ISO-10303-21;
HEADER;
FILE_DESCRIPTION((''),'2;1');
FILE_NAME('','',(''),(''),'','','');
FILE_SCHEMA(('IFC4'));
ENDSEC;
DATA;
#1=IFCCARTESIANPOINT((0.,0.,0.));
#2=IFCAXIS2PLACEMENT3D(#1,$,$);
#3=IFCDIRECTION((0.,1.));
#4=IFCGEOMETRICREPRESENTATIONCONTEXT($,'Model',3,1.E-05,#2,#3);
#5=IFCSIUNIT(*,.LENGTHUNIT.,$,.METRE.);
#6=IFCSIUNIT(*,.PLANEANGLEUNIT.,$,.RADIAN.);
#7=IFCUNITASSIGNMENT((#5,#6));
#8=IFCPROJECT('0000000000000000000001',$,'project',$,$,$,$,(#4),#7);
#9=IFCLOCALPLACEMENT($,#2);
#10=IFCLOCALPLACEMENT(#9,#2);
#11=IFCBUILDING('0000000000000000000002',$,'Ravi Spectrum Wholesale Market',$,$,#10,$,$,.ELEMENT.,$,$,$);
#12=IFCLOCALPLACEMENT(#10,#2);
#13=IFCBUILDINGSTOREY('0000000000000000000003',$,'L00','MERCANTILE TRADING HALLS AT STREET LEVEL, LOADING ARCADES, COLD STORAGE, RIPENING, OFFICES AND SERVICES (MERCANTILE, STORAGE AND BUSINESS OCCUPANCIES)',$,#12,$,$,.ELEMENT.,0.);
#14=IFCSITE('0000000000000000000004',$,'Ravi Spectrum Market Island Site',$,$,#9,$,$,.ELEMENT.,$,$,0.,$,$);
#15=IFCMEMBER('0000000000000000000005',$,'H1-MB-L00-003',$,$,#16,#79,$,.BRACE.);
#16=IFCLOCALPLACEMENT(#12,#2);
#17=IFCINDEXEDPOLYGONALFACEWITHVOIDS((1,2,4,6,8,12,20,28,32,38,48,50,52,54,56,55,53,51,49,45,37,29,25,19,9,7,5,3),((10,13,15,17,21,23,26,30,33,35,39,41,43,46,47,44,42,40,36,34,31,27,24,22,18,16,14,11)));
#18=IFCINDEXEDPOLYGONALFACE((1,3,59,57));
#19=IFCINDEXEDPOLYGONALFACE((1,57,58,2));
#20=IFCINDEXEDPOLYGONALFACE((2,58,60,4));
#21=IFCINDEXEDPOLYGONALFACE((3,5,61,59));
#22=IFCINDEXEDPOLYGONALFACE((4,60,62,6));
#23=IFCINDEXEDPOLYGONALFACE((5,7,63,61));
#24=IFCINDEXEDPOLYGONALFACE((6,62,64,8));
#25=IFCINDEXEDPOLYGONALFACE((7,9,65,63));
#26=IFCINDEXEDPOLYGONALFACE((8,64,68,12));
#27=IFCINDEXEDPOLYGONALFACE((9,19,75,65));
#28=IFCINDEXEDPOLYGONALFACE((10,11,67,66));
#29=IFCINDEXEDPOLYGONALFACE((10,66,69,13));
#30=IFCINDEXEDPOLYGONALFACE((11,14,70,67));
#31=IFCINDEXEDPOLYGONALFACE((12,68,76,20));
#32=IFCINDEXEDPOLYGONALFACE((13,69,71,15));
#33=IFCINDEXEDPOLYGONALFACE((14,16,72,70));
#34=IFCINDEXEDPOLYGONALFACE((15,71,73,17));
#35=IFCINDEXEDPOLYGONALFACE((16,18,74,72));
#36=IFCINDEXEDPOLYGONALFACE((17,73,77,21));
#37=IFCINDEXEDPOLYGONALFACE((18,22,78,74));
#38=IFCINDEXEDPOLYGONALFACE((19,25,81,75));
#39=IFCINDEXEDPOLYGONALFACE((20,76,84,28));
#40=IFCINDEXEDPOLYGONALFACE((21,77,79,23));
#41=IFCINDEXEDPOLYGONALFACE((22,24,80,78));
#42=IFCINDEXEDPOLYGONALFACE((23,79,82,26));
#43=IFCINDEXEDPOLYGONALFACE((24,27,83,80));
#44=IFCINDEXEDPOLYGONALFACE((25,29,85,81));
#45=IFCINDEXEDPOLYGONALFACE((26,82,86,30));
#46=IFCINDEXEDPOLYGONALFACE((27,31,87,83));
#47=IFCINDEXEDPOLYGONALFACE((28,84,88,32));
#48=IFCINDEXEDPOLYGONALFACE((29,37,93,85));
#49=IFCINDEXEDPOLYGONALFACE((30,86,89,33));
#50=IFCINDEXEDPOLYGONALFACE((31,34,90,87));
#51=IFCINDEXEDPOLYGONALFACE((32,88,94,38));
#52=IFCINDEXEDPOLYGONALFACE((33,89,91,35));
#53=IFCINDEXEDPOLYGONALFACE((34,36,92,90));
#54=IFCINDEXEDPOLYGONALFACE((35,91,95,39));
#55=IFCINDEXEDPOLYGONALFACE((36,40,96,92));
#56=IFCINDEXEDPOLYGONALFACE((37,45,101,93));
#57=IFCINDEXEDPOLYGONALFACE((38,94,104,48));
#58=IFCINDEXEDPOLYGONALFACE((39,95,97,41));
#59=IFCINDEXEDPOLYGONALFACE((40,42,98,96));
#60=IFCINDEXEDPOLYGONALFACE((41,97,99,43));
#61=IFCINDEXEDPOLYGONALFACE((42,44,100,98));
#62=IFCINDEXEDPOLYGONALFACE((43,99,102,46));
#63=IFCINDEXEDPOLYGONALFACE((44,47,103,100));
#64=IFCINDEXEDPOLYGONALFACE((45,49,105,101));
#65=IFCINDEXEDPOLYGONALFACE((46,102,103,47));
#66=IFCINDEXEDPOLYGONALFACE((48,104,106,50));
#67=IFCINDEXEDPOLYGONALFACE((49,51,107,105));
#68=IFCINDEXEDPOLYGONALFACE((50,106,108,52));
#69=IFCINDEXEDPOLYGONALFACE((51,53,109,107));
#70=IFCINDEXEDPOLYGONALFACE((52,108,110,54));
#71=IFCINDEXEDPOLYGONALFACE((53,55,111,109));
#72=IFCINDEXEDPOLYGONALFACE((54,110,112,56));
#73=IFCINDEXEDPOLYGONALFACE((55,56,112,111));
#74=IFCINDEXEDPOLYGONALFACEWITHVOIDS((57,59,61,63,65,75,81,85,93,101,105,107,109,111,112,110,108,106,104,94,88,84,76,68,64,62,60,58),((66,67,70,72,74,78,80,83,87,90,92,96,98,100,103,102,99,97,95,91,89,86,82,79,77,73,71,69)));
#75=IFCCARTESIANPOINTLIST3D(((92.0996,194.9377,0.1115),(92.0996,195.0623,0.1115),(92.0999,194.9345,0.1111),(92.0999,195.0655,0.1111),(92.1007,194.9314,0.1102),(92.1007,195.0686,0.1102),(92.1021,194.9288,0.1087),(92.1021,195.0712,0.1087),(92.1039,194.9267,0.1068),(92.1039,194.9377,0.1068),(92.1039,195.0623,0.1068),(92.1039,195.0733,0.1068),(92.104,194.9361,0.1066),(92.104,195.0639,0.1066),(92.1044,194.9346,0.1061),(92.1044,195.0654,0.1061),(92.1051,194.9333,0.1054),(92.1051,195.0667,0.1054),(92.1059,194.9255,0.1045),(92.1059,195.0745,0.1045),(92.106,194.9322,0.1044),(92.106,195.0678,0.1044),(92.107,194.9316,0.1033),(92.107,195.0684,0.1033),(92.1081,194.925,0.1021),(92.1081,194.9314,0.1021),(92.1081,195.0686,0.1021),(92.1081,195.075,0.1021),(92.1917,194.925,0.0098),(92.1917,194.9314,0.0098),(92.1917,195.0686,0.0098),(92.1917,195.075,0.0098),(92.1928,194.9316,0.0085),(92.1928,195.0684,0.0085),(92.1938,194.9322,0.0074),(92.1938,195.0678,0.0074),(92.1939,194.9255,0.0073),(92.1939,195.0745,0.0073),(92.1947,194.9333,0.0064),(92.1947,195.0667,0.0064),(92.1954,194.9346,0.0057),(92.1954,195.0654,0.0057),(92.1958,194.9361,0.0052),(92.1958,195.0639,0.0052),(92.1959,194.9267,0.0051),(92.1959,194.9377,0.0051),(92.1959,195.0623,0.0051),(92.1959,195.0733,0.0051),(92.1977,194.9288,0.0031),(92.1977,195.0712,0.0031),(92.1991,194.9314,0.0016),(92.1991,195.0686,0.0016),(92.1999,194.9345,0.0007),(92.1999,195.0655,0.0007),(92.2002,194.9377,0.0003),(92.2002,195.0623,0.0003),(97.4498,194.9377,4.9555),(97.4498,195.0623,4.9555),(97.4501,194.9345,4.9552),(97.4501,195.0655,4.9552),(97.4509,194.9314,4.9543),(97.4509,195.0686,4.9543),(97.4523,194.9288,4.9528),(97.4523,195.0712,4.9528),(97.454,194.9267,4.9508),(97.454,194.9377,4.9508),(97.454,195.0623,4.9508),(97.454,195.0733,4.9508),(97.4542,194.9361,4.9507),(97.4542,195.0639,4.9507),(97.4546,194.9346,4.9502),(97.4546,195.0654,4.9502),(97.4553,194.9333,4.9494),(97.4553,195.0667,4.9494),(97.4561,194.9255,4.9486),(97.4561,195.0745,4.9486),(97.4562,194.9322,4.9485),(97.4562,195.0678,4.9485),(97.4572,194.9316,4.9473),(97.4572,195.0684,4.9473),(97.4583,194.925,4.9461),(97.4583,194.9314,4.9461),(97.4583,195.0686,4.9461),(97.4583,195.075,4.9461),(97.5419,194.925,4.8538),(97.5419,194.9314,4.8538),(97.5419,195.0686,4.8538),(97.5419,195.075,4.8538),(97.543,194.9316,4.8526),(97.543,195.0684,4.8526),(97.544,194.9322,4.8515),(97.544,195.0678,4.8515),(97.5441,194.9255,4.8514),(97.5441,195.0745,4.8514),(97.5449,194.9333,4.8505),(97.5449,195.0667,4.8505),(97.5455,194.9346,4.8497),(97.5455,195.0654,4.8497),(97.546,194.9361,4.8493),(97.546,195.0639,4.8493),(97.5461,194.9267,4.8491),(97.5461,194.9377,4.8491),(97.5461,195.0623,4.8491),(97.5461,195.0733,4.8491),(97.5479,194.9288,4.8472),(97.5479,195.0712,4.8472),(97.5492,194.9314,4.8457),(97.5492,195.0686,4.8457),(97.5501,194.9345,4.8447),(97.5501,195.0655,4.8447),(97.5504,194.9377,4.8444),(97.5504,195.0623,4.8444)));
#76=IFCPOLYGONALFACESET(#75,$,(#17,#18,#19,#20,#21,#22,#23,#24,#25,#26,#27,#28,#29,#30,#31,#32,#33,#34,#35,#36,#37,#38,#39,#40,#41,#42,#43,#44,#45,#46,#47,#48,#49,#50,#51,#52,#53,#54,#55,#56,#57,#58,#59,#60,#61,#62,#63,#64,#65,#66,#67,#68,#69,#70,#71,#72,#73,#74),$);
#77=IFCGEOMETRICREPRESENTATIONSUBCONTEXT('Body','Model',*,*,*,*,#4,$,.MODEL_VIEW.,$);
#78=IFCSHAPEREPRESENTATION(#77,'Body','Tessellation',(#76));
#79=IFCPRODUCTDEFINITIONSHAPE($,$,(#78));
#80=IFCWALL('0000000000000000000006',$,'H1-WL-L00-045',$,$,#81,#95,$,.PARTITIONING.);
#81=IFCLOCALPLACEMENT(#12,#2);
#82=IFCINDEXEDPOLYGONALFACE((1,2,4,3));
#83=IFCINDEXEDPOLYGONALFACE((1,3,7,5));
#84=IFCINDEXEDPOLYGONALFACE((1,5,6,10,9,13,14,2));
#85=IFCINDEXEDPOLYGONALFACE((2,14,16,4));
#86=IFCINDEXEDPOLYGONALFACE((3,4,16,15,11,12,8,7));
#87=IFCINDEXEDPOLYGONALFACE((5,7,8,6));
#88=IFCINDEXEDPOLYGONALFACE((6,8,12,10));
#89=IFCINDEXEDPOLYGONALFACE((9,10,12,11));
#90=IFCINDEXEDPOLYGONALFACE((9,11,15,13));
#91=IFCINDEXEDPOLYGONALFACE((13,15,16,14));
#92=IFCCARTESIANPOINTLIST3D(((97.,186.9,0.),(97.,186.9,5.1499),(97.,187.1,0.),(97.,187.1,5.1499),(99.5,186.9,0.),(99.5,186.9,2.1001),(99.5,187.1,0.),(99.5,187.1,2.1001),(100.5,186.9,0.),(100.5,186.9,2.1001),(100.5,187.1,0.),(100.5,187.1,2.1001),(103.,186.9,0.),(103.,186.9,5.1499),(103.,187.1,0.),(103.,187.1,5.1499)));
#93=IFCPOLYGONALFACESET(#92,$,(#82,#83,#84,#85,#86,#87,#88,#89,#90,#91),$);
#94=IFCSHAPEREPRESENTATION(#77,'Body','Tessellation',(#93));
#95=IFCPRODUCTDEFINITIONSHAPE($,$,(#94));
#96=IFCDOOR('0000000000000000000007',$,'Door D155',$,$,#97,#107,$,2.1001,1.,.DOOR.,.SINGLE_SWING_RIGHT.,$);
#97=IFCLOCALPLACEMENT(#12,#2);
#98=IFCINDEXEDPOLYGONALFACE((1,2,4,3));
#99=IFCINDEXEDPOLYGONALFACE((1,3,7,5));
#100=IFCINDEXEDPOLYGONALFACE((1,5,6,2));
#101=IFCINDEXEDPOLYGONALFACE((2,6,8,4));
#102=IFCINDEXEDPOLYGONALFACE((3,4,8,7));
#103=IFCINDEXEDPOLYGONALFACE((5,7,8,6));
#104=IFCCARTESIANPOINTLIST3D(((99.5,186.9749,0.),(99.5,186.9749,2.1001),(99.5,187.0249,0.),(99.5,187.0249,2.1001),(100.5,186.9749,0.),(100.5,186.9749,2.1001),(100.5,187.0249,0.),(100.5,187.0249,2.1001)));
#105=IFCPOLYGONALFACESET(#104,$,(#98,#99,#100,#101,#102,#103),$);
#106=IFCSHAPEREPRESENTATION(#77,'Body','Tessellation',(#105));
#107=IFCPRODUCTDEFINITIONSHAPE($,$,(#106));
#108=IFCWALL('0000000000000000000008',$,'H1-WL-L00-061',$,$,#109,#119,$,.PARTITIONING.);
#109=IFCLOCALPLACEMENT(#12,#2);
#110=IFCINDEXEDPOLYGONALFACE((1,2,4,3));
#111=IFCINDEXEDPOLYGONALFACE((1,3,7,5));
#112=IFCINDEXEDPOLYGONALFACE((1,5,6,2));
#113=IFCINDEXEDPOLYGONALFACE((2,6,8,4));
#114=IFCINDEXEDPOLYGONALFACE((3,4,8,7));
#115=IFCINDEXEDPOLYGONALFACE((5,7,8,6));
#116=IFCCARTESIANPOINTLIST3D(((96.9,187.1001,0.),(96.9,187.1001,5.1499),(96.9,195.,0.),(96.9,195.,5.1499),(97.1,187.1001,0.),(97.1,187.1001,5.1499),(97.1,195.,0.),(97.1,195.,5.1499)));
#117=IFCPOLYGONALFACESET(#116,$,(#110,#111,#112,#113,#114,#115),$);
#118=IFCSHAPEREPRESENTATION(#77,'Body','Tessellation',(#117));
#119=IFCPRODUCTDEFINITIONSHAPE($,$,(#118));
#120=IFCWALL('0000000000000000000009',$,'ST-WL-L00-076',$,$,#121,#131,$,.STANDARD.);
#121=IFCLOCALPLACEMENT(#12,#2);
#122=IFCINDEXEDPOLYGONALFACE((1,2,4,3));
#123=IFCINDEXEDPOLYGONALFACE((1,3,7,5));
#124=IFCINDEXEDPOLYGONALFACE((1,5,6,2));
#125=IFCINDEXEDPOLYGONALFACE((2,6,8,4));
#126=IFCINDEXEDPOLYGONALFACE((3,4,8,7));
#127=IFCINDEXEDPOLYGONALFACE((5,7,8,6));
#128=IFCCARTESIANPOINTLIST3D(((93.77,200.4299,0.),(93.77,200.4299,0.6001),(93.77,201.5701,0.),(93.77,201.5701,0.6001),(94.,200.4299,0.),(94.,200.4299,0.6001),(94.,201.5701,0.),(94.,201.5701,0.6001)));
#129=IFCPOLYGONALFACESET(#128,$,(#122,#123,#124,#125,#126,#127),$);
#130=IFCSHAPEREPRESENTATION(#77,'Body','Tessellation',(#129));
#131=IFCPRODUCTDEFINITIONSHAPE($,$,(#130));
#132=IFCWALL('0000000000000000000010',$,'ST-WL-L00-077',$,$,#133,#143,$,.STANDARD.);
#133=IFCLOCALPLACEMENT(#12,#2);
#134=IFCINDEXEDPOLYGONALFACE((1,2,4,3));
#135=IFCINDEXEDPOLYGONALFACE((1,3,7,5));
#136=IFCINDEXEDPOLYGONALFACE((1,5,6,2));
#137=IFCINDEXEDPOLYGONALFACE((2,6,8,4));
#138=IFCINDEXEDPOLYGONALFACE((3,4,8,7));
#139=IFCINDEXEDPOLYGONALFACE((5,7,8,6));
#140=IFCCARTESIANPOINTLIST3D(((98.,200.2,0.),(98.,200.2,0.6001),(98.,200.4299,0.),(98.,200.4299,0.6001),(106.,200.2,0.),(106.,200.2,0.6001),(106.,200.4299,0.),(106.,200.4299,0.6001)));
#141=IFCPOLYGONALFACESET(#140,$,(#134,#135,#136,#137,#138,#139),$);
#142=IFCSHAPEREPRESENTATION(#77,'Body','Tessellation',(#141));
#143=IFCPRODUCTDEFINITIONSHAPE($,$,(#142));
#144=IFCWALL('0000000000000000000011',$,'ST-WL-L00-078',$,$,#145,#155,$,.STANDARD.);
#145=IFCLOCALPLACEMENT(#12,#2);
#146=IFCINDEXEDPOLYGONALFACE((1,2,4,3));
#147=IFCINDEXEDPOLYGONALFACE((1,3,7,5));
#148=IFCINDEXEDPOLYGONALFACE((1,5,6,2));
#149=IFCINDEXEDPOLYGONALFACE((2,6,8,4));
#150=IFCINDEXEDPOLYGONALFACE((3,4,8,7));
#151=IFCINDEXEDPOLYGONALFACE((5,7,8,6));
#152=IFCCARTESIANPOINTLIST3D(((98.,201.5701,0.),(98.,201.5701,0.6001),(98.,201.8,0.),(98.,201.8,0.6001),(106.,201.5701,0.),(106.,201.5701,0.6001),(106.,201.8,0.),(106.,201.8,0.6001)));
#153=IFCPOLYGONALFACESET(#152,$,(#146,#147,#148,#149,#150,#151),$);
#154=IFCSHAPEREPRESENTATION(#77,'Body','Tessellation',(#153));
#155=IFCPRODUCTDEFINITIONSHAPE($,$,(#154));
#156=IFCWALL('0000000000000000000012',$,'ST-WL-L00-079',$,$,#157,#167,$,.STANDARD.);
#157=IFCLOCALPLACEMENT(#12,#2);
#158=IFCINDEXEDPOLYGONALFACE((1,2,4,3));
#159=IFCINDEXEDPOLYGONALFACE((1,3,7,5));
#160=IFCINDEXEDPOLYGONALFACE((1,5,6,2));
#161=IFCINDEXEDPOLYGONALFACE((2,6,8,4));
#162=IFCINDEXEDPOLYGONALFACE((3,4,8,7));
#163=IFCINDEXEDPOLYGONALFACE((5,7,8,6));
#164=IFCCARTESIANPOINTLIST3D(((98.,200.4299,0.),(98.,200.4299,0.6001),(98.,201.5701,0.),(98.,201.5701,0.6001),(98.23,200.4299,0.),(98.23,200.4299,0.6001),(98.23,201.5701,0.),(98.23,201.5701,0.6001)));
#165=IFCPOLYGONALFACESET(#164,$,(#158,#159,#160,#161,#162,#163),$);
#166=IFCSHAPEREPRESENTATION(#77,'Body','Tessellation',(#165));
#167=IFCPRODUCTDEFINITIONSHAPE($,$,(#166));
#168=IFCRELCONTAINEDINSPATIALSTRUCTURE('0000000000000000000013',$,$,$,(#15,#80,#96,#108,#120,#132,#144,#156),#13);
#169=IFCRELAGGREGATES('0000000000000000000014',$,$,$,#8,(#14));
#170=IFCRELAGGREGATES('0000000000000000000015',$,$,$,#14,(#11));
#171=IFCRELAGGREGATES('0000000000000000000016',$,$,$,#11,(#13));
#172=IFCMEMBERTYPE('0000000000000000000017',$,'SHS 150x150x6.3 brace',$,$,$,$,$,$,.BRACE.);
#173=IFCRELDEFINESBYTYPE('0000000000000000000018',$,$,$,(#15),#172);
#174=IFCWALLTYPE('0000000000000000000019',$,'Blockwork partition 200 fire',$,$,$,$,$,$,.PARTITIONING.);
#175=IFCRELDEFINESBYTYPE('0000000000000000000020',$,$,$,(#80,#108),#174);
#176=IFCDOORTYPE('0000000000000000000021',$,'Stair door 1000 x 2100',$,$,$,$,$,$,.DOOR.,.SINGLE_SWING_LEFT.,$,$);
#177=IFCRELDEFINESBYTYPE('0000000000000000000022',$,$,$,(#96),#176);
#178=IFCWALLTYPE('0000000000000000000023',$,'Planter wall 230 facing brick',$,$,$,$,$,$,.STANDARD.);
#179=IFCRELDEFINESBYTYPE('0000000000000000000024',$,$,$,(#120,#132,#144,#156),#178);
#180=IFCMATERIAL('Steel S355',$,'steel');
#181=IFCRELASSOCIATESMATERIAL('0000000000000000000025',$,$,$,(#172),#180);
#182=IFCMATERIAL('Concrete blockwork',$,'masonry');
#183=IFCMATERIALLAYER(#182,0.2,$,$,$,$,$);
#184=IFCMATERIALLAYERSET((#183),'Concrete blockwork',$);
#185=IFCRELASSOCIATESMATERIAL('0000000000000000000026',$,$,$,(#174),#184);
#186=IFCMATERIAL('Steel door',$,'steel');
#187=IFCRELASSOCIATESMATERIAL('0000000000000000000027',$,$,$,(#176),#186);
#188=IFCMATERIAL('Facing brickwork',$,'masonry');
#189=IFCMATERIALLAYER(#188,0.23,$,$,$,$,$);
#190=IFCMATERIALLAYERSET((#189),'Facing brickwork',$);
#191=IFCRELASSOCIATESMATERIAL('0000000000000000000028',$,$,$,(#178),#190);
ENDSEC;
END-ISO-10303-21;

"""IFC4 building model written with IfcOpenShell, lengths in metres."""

from ifc_helpers import new_model, si_unit, direction, frame, frame_2d, origin, origin_2d, place, context, subcontext, project, spatial, rectangle, hollow_rectangle, extrude, material, layer, layer_set, material_profile, profile_set, type_object, element, fill, save


model = new_model("IFC4")

# Units and contexts
model_context = context("Model", 3, precision=1e-05, world=origin(), true_north=direction((0.0, 1.0)))
body_context = subcontext(model_context, "Body", "Model", "MODEL_VIEW")
ifc_project = project(units=[si_unit("LENGTHUNIT", "METRE"), si_unit("PLANEANGLEUNIT", "RADIAN")], contexts=[model_context])

# Site, building, storey
site_placement = place(None, origin())
site = spatial("IfcSite", under=ifc_project, at=site_placement, Name="Ravi Spectrum Market Island Site", CompositionType="ELEMENT", RefElevation=0.0)
building_placement = place(site_placement, origin())
building = spatial("IfcBuilding", under=site, at=building_placement, Name="Ravi Spectrum Wholesale Market", CompositionType="ELEMENT")
storey_placement = place(building_placement, origin())
storey = spatial("IfcBuildingStorey", under=building, at=storey_placement, Name="L00", Description="MERCANTILE TRADING HALLS AT STREET LEVEL, LOADING ARCADES, COLD STORAGE, RIPENING, OFFICES AND SERVICES (MERCANTILE, STORAGE AND BUSINESS OCCUPANCIES)", CompositionType="ELEMENT", Elevation=0.0)

# Member
ifc_material_1 = material(Name="Steel S355", Category="steel")
ifc_material_profile_1 = material_profile(ifc_material_1, hollow_rectangle(XDim=0.1499, YDim=0.1499, WallThickness=0.0063, InnerFilletRadius=0.0063, OuterFilletRadius=0.0127, at=origin_2d()))
ifc_profile_set_1 = profile_set([ifc_material_profile_1], Name="Steel S355")
member_type = type_object("IfcMemberType", Name="SHS 150x150x6.3 brace", PredefinedType="BRACE", material=ifc_profile_set_1)
member_placement = place(storey_placement, frame((92.1499, 195.0, 0.0559), z_axis=(0.741299, 0.0, 0.671175), x_axis=(0.0, 1.0, 0.0)))
element("IfcMember", 1, at=member_placement, inside=storey, type_object=member_type, Name="H1-MB-L00-003", PredefinedType="BRACE", context=body_context, shape_type="SweptSolid", body=[
    extrude(hollow_rectangle(XDim=0.1499, YDim=0.1499, WallThickness=0.0063, InnerFilletRadius=0.0063, OuterFilletRadius=0.0127, at=origin_2d()), origin(), (0.0, 0.0, 1.0), 7.2173),
])

# Wall, opening, door
ifc_material_2 = material(Name="Concrete blockwork", Category="masonry")
ifc_layer_1 = layer(ifc_material_2, 0.2)
ifc_layer_set_1 = layer_set([ifc_layer_1], Name="Concrete blockwork")
wall_type_1 = type_object("IfcWallType", Name="Blockwork partition 200 fire", PredefinedType="PARTITIONING", material=ifc_layer_set_1)
wall_1_placement = place(storey_placement, frame((97.0, 187.0, 0.0), z_axis=(0.0, 0.0, 1.0), x_axis=(1.0, 0.0, 0.0)))
wall_1 = element("IfcWall", 2, at=wall_1_placement, inside=storey, type_object=wall_type_1, Name="H1-WL-L00-045", PredefinedType="PARTITIONING", context=body_context, shape_type="SweptSolid", body=[
    extrude(rectangle(XDim=6.0, YDim=0.2, at=frame_2d((3.0, 0.0))), origin(), (0.0, 0.0, 1.0), 5.1499),
])
opening_placement = place(wall_1_placement, frame((2.5, 0.0, 0.0)))
opening = element("IfcOpeningElement", 3, at=opening_placement, cuts=wall_1, PredefinedType="OPENING", context=body_context, shape_type="SweptSolid", body=[
    extrude(rectangle(XDim=1.0, YDim=2.1001, at=frame_2d((0.5, 1.05))), frame((0.0, 0.1099, 0.0), z_axis=(0.0, -1.0, 0.0), x_axis=(1.0, 0.0, 0.0)), (0.0, 0.0, 1.0), 0.22),
])
ifc_material_3 = material(Name="Steel door", Category="steel")
door_type = type_object("IfcDoorType", Name="Stair door 1000 x 2100", OperationType="SINGLE_SWING_LEFT", PredefinedType="DOOR", material=ifc_material_3)
door_placement = place(opening_placement, origin())
door = element("IfcDoor", 4, at=door_placement, inside=storey, type_object=door_type, Name="Door D155", OperationType="SINGLE_SWING_RIGHT", OverallHeight=2.1001, OverallWidth=1.0, PredefinedType="DOOR", context=body_context, shape_type="SweptSolid", body=[
    extrude(rectangle(XDim=1.0, YDim=2.1001, at=frame_2d((0.5, 1.05))), frame((0.0, 0.0249, 0.0), z_axis=(0.0, -1.0, 0.0), x_axis=(1.0, 0.0, 0.0)), (0.0, 0.0, 1.0), 0.05),
])
fill(opening, door)

# Walls
wall_2_placement = place(storey_placement, frame((97.0, 187.1001, 0.0), z_axis=(0.0, 0.0, 1.0), x_axis=(0.0, 1.0, 0.0)))
element("IfcWall", 5, at=wall_2_placement, inside=storey, type_object=wall_type_1, Name="H1-WL-L00-061", PredefinedType="PARTITIONING", context=body_context, shape_type="SweptSolid", body=[
    extrude(rectangle(XDim=7.8999, YDim=0.2, at=frame_2d((3.95, 0.0))), origin(), (0.0, 0.0, 1.0), 5.1499),
])
ifc_material_4 = material(Name="Facing brickwork", Category="masonry")
ifc_layer_2 = layer(ifc_material_4, 0.23)
ifc_layer_set_2 = layer_set([ifc_layer_2], Name="Facing brickwork")
wall_type_2 = type_object("IfcWallType", Name="Planter wall 230 facing brick", PredefinedType="STANDARD", material=ifc_layer_set_2)
wall_3_placement = place(storey_placement, frame((93.885, 200.4299, 0.0), z_axis=(0.0, 0.0, 1.0), x_axis=(0.0, 1.0, 0.0)))
element("IfcWall", 6, at=wall_3_placement, inside=storey, type_object=wall_type_2, Name="ST-WL-L00-076", PredefinedType="STANDARD", context=body_context, shape_type="SweptSolid", body=[
    extrude(rectangle(XDim=1.1401, YDim=0.23, at=frame_2d((0.5701, 0.0))), origin(), (0.0, 0.0, 1.0), 0.6001),
])
for number, where, z_axis, x_axis, name in (
    (7, (98.0, 200.3149, 0.0), (0.0, 0.0, 1.0), (1.0, 0.0, 0.0), "ST-WL-L00-077"),
    (8, (98.0, 201.6851, 0.0), (0.0, 0.0, 1.0), (1.0, 0.0, 0.0), "ST-WL-L00-078"),
):
    element("IfcWall", number, at=place(storey_placement, frame(where, z_axis=z_axis, x_axis=x_axis)), inside=storey, type_object=wall_type_2, Name=name, PredefinedType="STANDARD", context=body_context, shape_type="SweptSolid", body=[
        extrude(rectangle(XDim=8.0, YDim=0.23, at=frame_2d((4.0, 0.0))), origin(), (0.0, 0.0, 1.0), 0.6001),
    ])
wall_4_placement = place(storey_placement, frame((98.115, 200.4299, 0.0), z_axis=(0.0, 0.0, 1.0), x_axis=(0.0, 1.0, 0.0)))
element("IfcWall", 9, at=wall_4_placement, inside=storey, type_object=wall_type_2, Name="ST-WL-L00-079", PredefinedType="STANDARD", context=body_context, shape_type="SweptSolid", body=[
    extrude(rectangle(XDim=1.1401, YDim=0.23, at=frame_2d((0.5701, 0.0))), origin(), (0.0, 0.0, 1.0), 0.6001),
])

save(model, "model.ifc")
